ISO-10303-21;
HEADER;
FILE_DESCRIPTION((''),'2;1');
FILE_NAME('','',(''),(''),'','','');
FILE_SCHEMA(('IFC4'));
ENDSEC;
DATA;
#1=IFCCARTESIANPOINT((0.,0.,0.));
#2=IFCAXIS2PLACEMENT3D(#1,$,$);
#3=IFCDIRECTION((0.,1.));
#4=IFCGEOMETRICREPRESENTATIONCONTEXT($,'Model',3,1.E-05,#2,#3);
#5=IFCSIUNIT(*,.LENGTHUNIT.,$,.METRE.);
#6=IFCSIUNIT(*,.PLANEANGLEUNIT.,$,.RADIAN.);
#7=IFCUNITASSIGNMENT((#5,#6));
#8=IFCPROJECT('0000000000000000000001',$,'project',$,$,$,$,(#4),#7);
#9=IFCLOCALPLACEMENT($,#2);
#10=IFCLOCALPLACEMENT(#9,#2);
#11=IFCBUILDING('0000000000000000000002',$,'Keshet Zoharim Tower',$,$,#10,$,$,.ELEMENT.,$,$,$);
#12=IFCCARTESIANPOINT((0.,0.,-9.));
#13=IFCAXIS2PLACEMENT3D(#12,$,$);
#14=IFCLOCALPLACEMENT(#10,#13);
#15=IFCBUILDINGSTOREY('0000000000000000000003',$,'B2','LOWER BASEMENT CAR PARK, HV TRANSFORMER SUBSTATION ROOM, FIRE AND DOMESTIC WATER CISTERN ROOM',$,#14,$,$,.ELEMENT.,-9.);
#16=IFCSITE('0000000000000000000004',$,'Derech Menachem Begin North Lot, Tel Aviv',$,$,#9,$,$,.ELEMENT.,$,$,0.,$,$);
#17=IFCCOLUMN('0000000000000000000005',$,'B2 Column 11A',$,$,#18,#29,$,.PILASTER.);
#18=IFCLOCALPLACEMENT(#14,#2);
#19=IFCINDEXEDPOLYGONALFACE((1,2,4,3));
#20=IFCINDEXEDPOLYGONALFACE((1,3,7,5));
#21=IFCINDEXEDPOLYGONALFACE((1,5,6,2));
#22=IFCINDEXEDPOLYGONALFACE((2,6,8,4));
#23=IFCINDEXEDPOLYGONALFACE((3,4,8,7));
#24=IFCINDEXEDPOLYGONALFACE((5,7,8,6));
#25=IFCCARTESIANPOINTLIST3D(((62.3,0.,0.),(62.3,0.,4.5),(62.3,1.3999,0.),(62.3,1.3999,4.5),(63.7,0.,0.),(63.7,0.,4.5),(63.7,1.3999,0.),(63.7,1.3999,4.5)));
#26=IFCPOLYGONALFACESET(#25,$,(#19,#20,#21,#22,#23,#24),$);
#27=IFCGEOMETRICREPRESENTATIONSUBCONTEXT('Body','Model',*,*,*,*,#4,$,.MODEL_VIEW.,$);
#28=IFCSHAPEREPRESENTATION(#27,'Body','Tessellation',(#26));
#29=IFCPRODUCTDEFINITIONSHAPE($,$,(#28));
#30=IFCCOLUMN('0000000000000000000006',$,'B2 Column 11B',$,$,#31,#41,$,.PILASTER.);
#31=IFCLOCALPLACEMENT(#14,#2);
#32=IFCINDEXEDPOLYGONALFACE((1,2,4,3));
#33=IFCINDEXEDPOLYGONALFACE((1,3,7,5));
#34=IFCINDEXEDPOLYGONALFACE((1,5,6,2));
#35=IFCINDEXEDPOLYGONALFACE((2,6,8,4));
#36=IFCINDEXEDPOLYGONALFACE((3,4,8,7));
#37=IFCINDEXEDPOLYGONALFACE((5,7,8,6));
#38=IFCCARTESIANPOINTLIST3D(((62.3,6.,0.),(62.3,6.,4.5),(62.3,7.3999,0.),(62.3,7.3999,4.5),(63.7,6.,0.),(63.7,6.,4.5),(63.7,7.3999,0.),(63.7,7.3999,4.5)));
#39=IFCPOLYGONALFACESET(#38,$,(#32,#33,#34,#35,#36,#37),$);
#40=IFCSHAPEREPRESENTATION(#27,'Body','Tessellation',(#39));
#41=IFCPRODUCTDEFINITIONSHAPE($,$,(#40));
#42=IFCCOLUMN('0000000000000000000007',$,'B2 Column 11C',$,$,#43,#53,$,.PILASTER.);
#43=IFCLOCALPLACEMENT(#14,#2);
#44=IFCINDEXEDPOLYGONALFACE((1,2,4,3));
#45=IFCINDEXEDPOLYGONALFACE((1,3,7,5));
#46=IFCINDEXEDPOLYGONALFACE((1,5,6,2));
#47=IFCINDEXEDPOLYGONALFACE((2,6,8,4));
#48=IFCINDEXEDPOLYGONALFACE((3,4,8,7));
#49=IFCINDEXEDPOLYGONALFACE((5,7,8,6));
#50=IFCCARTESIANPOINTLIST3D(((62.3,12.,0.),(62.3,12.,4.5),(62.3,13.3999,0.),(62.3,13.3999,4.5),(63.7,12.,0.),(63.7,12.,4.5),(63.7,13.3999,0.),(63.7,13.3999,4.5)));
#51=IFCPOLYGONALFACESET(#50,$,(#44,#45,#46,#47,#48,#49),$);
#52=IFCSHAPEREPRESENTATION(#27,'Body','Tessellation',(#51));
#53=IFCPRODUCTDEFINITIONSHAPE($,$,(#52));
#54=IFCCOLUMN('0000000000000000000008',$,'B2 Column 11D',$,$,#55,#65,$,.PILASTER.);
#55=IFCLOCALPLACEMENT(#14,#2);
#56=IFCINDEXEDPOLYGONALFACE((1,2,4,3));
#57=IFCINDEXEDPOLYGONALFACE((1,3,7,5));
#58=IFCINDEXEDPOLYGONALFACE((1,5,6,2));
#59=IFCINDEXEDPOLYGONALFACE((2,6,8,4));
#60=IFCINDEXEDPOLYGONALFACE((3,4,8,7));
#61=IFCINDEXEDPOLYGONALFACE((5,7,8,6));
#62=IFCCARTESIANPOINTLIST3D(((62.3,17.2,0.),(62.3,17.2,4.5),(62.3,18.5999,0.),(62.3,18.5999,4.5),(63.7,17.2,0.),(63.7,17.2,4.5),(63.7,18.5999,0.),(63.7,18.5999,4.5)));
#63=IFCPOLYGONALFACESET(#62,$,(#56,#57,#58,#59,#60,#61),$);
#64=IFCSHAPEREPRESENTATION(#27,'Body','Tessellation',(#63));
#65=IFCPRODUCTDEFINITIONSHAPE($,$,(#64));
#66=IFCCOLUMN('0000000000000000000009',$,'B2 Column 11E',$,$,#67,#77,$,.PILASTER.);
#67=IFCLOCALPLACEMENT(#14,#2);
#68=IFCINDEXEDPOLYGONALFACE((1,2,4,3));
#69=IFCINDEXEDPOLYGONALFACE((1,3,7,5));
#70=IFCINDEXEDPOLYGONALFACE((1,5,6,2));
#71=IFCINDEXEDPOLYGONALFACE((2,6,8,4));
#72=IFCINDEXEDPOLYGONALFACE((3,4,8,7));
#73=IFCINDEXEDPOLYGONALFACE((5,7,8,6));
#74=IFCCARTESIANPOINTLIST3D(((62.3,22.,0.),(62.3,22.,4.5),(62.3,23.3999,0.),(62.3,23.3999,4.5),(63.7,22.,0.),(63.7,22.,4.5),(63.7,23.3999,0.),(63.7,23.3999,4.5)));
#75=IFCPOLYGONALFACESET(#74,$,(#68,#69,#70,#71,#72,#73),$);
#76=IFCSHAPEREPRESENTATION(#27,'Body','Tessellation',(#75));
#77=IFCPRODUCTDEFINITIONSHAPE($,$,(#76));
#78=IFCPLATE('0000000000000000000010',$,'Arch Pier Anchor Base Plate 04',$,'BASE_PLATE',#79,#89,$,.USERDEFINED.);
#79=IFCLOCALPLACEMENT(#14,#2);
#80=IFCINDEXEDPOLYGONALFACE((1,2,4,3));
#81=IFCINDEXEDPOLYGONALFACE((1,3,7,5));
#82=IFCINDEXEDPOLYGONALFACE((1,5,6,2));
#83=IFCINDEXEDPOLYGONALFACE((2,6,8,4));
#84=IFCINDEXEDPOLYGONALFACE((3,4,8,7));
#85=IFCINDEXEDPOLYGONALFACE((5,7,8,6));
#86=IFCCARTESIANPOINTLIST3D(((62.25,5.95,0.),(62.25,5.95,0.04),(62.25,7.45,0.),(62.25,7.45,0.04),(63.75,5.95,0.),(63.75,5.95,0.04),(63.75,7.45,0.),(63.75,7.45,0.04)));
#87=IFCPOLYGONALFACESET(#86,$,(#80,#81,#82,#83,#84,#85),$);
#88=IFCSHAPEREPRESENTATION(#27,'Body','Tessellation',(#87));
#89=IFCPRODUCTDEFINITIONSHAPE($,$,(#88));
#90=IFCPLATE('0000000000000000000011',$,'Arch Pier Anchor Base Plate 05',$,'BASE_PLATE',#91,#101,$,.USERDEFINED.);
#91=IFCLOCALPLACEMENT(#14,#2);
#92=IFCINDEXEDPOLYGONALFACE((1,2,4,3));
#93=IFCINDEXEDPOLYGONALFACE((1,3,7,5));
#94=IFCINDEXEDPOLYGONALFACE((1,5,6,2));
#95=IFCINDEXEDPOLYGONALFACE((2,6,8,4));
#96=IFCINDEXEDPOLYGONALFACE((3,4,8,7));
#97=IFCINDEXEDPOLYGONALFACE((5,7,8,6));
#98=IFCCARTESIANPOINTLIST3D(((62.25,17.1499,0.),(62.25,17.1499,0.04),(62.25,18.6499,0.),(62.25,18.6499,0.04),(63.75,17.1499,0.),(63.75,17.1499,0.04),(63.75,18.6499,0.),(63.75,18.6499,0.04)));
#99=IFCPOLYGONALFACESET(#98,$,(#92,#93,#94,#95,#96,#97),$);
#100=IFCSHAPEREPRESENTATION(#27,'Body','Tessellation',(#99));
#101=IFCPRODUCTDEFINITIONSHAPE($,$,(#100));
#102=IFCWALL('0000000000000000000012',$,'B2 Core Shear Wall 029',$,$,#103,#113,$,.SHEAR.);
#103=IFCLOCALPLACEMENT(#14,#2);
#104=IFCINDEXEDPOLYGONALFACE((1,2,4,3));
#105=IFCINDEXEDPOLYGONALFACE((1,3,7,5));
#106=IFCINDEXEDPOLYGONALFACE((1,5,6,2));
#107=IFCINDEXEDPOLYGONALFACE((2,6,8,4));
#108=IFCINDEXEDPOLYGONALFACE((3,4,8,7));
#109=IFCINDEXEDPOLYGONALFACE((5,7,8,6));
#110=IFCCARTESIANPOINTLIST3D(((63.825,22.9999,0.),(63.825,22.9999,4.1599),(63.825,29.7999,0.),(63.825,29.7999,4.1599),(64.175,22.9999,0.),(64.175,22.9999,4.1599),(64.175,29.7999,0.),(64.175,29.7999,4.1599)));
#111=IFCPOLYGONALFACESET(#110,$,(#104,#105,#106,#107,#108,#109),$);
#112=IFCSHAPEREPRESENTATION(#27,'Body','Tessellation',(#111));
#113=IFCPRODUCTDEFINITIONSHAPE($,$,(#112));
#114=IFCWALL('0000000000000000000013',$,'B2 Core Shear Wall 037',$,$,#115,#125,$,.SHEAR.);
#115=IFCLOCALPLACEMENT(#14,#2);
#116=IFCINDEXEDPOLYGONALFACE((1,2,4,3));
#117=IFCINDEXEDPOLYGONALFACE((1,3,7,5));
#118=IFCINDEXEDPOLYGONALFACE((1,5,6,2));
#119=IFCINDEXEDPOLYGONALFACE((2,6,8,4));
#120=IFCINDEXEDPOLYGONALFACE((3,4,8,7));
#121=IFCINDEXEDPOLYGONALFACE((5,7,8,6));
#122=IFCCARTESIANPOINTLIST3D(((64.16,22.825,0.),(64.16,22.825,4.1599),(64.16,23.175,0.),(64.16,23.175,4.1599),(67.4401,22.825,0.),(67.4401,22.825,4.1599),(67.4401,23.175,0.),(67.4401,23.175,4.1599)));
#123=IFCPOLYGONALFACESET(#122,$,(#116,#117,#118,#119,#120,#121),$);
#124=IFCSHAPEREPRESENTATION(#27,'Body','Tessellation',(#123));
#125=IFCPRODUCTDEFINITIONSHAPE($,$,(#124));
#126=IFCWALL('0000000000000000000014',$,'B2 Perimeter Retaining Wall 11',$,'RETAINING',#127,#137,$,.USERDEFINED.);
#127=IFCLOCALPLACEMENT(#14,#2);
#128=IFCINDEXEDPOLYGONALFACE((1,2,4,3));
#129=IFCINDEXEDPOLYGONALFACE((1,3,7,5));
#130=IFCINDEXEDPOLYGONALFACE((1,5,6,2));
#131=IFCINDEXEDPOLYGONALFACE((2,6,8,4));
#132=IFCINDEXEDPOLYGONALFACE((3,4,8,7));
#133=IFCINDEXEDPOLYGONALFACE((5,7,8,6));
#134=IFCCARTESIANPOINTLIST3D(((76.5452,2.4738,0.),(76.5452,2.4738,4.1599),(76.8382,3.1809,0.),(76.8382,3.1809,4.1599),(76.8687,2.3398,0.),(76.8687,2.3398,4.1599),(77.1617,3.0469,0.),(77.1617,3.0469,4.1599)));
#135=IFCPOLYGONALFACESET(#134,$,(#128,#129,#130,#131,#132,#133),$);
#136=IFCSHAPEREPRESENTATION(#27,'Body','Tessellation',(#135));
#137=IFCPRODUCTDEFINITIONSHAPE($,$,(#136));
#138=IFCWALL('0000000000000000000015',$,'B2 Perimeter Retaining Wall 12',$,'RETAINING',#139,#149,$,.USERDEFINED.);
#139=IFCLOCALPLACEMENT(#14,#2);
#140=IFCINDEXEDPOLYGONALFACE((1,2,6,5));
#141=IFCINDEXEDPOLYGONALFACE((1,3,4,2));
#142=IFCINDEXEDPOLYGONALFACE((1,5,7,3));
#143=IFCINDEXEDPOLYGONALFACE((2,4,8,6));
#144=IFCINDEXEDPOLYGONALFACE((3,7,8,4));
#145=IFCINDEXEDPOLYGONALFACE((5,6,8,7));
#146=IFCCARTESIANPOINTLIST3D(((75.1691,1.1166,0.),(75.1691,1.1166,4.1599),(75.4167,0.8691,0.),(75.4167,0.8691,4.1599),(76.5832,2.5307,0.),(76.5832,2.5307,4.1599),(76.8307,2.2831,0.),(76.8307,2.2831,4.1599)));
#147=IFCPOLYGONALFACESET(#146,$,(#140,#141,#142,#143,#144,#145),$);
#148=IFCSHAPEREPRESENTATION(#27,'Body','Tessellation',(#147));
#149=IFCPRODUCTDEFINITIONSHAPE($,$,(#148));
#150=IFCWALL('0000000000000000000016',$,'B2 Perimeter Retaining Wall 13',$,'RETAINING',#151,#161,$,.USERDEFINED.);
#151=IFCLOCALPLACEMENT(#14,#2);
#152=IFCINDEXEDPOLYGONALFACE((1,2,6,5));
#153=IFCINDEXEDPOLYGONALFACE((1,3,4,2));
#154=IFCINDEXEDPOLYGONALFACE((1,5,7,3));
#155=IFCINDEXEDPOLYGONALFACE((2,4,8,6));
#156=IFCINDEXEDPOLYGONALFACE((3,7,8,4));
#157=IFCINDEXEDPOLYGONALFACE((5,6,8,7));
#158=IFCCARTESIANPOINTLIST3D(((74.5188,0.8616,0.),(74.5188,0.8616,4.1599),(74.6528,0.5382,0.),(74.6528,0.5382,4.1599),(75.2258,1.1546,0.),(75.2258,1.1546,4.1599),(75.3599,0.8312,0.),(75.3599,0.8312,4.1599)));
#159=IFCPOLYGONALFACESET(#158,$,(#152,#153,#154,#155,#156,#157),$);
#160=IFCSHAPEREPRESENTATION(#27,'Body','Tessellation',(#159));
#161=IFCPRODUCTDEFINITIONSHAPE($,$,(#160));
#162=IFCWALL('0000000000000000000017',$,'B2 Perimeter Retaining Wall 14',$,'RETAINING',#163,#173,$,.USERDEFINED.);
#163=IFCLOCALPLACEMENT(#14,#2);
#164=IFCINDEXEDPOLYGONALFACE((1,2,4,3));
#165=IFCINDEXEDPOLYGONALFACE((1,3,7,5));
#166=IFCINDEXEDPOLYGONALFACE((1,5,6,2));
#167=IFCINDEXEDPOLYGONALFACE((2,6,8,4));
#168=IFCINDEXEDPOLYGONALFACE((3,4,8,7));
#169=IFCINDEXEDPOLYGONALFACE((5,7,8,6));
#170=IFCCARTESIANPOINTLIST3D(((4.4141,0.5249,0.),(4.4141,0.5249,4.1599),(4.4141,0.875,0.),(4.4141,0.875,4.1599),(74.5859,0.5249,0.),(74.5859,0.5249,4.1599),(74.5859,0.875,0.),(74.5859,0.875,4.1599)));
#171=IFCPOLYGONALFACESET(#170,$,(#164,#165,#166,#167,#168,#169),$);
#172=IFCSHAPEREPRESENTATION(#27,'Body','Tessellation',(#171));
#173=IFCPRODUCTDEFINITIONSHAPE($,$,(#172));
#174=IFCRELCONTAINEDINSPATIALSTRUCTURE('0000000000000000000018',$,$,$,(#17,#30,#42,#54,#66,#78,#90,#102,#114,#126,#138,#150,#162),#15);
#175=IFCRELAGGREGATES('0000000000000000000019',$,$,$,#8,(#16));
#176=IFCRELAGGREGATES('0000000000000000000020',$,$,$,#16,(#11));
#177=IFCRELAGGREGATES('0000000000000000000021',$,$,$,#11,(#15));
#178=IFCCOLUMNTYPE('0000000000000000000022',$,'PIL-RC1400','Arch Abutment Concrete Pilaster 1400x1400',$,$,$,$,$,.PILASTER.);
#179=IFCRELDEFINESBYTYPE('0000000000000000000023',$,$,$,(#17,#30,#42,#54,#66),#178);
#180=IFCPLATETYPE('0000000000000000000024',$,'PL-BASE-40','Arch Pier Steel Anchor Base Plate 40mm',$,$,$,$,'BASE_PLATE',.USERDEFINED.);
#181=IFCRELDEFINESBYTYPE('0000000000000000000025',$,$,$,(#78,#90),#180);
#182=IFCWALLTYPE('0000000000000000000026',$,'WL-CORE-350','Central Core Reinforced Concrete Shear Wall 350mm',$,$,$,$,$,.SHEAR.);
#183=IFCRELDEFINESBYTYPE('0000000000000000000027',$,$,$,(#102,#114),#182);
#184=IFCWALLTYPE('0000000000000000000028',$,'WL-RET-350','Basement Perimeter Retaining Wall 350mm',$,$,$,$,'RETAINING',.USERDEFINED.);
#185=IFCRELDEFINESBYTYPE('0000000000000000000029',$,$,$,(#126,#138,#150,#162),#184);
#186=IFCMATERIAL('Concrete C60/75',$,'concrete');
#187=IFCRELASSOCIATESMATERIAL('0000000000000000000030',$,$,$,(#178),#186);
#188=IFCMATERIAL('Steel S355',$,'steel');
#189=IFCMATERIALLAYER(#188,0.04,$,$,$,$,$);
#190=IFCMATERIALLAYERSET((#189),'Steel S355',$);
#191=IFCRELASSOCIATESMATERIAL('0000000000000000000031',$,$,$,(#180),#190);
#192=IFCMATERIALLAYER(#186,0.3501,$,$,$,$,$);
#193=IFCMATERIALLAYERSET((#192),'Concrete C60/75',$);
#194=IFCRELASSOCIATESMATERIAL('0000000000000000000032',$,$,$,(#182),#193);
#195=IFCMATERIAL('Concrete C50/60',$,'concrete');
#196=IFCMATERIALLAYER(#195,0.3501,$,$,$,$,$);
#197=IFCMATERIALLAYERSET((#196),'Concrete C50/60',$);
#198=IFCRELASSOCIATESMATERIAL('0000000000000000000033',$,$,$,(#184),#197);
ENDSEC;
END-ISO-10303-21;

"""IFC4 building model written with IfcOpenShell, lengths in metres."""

from ifc_helpers import new_model, si_unit, direction, frame, frame_2d, origin, origin_2d, place, context, subcontext, project, spatial, rectangle, extrude, material, layer, layer_set, material_profile, profile_set, type_object, element, save


model = new_model("IFC4")

# Units and contexts
model_context = context("Model", 3, precision=1e-05, world=origin(), true_north=direction((0.0, 1.0)))
body_context = subcontext(model_context, "Body", "Model", "MODEL_VIEW")
ifc_project = project(units=[si_unit("LENGTHUNIT", "METRE"), si_unit("PLANEANGLEUNIT", "RADIAN")], contexts=[model_context])

# Site, building, storey
site_placement = place(None, origin())
site = spatial("IfcSite", under=ifc_project, at=site_placement, Name="Derech Menachem Begin North Lot, Tel Aviv", CompositionType="ELEMENT", RefElevation=0.0)
building_placement = place(site_placement, origin())
building = spatial("IfcBuilding", under=site, at=building_placement, Name="Keshet Zoharim Tower", CompositionType="ELEMENT")
storey_placement = place(building_placement, frame((0.0, 0.0, -9.0)))
storey = spatial("IfcBuildingStorey", under=building, at=storey_placement, Name="B2", Description="LOWER BASEMENT CAR PARK, HV TRANSFORMER SUBSTATION ROOM, FIRE AND DOMESTIC WATER CISTERN ROOM", CompositionType="ELEMENT", Elevation=-9.0)

# Shared definitions
ifc_material_1 = material(Name="Concrete C50/60", Category="concrete")

# Columns
ifc_material_2 = material(Name="Steel S355", Category="steel")
ifc_material_3 = material(Name="Concrete C60/75", Category="concrete")
ifc_material_profile_1 = material_profile(ifc_material_3, rectangle(XDim=1.3999, YDim=1.3999, at=origin_2d()), Name="RC1400x1400")
ifc_profile_set_1 = profile_set([ifc_material_profile_1], Name="Concrete C60/75")
column_type_1 = type_object("IfcColumnType", Name="PIL-RC1400", Description="Arch Abutment Concrete Pilaster 1400x1400", PredefinedType="PILASTER", material=ifc_profile_set_1)
for number, where, z_axis, x_axis, name in (
    (1, (63.0, 0.7, 0.0), (0.0, 0.0, 1.0), (1.0, 0.0, 0.0), "B2 Column 11A"),
    (2, (63.0, 6.7, 0.0), (0.0, 0.0, 1.0), (1.0, 0.0, 0.0), "B2 Column 11B"),
    (3, (63.0, 12.7, 0.0), (0.0, 0.0, 1.0), (1.0, 0.0, 0.0), "B2 Column 11C"),
    (4, (63.0, 17.8999, 0.0), (0.0, 0.0, 1.0), (1.0, 0.0, 0.0), "B2 Column 11D"),
    (5, (63.0, 22.7, 0.0), (0.0, 0.0, 1.0), (1.0, 0.0, 0.0), "B2 Column 11E"),
):
    element("IfcColumn", number, at=place(storey_placement, frame(where, z_axis=z_axis, x_axis=x_axis)), inside=storey, type_object=column_type_1, Name=name, PredefinedType="PILASTER", context=body_context, shape_type="SweptSolid", body=[
        extrude(rectangle(XDim=1.3999, YDim=1.3999, at=origin_2d()), origin(), (0.0, 0.0, 1.0), 4.5),
    ])

# Plates
ifc_layer_1 = layer(ifc_material_2, 0.04)
ifc_layer_set_1 = layer_set([ifc_layer_1], Name="Steel S355")
plate_type = type_object("IfcPlateType", Name="PL-BASE-40", Description="Arch Pier Steel Anchor Base Plate 40mm", ElementType="BASE_PLATE", PredefinedType="USERDEFINED", material=ifc_layer_set_1)
for number, where, z_axis, x_axis, name in (
    (6, (63.0, 6.7, 0.0), (0.0, 0.0, 1.0), (1.0, 0.0, 0.0), "Arch Pier Anchor Base Plate 04"),
    (7, (63.0, 17.8999, 0.0), (0.0, 0.0, 1.0), (1.0, 0.0, 0.0), "Arch Pier Anchor Base Plate 05"),
):
    element("IfcPlate", number, at=place(storey_placement, frame(where, z_axis=z_axis, x_axis=x_axis)), inside=storey, type_object=plate_type, Name=name, ObjectType="BASE_PLATE", PredefinedType="USERDEFINED", context=body_context, shape_type="SweptSolid", body=[
        extrude(rectangle(XDim=1.5, YDim=1.5, at=origin_2d()), origin(), (0.0, 0.0, 1.0), 0.04),
    ])

# Walls
ifc_layer_2 = layer(ifc_material_3, 0.3501)
ifc_layer_set_2 = layer_set([ifc_layer_2], Name="Concrete C60/75")
wall_type_1 = type_object("IfcWallType", Name="WL-CORE-350", Description="Central Core Reinforced Concrete Shear Wall 350mm", PredefinedType="SHEAR", material=ifc_layer_set_2)
wall_1_placement = place(storey_placement, frame((64.0, 23.0, 0.0), z_axis=(0.0, 0.0, 1.0), x_axis=(0.0, 1.0, 0.0)))
element("IfcWall", 8, at=wall_1_placement, inside=storey, type_object=wall_type_1, Name="B2 Core Shear Wall 029", PredefinedType="SHEAR", context=body_context, shape_type="SweptSolid", body=[
    extrude(rectangle(XDim=6.8, YDim=0.3501, at=frame_2d((3.3999, 0.0))), origin(), (0.0, 0.0, 1.0), 4.1599),
])
wall_2_placement = place(storey_placement, frame((64.1599, 23.0, 0.0), z_axis=(0.0, 0.0, 1.0), x_axis=(1.0, 0.0, 0.0)))
element("IfcWall", 9, at=wall_2_placement, inside=storey, type_object=wall_type_1, Name="B2 Core Shear Wall 037", PredefinedType="SHEAR", context=body_context, shape_type="SweptSolid", body=[
    extrude(rectangle(XDim=3.28, YDim=0.3501, at=frame_2d((1.6401, 0.0))), origin(), (0.0, 0.0, 1.0), 4.1599),
])
ifc_layer_3 = layer(ifc_material_1, 0.3501)
ifc_layer_set_3 = layer_set([ifc_layer_3], Name="Concrete C50/60")
wall_type_2 = type_object("IfcWallType", Name="WL-RET-350", Description="Basement Perimeter Retaining Wall 350mm", ElementType="RETAINING", PredefinedType="USERDEFINED", material=ifc_layer_set_3)
wall_3_placement = place(storey_placement, frame((77.0, 3.114, 0.0), z_axis=(0.0, 0.0, 1.0), x_axis=(-0.382803, -0.92383, 0.0)))
element("IfcWall", 10, at=wall_3_placement, inside=storey, type_object=wall_type_2, Name="B2 Perimeter Retaining Wall 11", ObjectType="RETAINING", PredefinedType="USERDEFINED", context=body_context, shape_type="SweptSolid", body=[
    extrude(rectangle(XDim=0.7654, YDim=0.3501, at=frame_2d((0.3828, 0.0))), origin(), (0.0, 0.0, 1.0), 4.1599),
])
wall_4_placement = place(storey_placement, frame((76.707, 2.407, 0.0), z_axis=(0.0, 0.0, 1.0), x_axis=(-0.707107, -0.707107, 0.0)))
element("IfcWall", 11, at=wall_4_placement, inside=storey, type_object=wall_type_2, Name="B2 Perimeter Retaining Wall 12", ObjectType="RETAINING", PredefinedType="USERDEFINED", context=body_context, shape_type="SweptSolid", body=[
    extrude(rectangle(XDim=1.9998, YDim=0.3501, at=frame_2d((1.0, 0.0))), origin(), (0.0, 0.0, 1.0), 4.1599),
])
wall_5_placement = place(storey_placement, frame((75.293, 0.9929, 0.0), z_axis=(0.0, 0.0, 1.0), x_axis=(-0.92383, -0.382803, 0.0)))
element("IfcWall", 12, at=wall_5_placement, inside=storey, type_object=wall_type_2, Name="B2 Perimeter Retaining Wall 13", ObjectType="RETAINING", PredefinedType="USERDEFINED", context=body_context, shape_type="SweptSolid", body=[
    extrude(rectangle(XDim=0.7654, YDim=0.3501, at=frame_2d((0.3828, 0.0))), origin(), (0.0, 0.0, 1.0), 4.1599),
])
wall_6_placement = place(storey_placement, frame((74.5859, 0.7, 0.0), z_axis=(0.0, 0.0, 1.0), x_axis=(-1.0, 0.0, 0.0)))
element("IfcWall", 13, at=wall_6_placement, inside=storey, type_object=wall_type_2, Name="B2 Perimeter Retaining Wall 14", ObjectType="RETAINING", PredefinedType="USERDEFINED", context=body_context, shape_type="SweptSolid", body=[
    extrude(rectangle(XDim=70.1719, YDim=0.3501, at=frame_2d((35.0859, 0.0))), origin(), (0.0, 0.0, 1.0), 4.1599),
])

save(model, "model.ifc")
